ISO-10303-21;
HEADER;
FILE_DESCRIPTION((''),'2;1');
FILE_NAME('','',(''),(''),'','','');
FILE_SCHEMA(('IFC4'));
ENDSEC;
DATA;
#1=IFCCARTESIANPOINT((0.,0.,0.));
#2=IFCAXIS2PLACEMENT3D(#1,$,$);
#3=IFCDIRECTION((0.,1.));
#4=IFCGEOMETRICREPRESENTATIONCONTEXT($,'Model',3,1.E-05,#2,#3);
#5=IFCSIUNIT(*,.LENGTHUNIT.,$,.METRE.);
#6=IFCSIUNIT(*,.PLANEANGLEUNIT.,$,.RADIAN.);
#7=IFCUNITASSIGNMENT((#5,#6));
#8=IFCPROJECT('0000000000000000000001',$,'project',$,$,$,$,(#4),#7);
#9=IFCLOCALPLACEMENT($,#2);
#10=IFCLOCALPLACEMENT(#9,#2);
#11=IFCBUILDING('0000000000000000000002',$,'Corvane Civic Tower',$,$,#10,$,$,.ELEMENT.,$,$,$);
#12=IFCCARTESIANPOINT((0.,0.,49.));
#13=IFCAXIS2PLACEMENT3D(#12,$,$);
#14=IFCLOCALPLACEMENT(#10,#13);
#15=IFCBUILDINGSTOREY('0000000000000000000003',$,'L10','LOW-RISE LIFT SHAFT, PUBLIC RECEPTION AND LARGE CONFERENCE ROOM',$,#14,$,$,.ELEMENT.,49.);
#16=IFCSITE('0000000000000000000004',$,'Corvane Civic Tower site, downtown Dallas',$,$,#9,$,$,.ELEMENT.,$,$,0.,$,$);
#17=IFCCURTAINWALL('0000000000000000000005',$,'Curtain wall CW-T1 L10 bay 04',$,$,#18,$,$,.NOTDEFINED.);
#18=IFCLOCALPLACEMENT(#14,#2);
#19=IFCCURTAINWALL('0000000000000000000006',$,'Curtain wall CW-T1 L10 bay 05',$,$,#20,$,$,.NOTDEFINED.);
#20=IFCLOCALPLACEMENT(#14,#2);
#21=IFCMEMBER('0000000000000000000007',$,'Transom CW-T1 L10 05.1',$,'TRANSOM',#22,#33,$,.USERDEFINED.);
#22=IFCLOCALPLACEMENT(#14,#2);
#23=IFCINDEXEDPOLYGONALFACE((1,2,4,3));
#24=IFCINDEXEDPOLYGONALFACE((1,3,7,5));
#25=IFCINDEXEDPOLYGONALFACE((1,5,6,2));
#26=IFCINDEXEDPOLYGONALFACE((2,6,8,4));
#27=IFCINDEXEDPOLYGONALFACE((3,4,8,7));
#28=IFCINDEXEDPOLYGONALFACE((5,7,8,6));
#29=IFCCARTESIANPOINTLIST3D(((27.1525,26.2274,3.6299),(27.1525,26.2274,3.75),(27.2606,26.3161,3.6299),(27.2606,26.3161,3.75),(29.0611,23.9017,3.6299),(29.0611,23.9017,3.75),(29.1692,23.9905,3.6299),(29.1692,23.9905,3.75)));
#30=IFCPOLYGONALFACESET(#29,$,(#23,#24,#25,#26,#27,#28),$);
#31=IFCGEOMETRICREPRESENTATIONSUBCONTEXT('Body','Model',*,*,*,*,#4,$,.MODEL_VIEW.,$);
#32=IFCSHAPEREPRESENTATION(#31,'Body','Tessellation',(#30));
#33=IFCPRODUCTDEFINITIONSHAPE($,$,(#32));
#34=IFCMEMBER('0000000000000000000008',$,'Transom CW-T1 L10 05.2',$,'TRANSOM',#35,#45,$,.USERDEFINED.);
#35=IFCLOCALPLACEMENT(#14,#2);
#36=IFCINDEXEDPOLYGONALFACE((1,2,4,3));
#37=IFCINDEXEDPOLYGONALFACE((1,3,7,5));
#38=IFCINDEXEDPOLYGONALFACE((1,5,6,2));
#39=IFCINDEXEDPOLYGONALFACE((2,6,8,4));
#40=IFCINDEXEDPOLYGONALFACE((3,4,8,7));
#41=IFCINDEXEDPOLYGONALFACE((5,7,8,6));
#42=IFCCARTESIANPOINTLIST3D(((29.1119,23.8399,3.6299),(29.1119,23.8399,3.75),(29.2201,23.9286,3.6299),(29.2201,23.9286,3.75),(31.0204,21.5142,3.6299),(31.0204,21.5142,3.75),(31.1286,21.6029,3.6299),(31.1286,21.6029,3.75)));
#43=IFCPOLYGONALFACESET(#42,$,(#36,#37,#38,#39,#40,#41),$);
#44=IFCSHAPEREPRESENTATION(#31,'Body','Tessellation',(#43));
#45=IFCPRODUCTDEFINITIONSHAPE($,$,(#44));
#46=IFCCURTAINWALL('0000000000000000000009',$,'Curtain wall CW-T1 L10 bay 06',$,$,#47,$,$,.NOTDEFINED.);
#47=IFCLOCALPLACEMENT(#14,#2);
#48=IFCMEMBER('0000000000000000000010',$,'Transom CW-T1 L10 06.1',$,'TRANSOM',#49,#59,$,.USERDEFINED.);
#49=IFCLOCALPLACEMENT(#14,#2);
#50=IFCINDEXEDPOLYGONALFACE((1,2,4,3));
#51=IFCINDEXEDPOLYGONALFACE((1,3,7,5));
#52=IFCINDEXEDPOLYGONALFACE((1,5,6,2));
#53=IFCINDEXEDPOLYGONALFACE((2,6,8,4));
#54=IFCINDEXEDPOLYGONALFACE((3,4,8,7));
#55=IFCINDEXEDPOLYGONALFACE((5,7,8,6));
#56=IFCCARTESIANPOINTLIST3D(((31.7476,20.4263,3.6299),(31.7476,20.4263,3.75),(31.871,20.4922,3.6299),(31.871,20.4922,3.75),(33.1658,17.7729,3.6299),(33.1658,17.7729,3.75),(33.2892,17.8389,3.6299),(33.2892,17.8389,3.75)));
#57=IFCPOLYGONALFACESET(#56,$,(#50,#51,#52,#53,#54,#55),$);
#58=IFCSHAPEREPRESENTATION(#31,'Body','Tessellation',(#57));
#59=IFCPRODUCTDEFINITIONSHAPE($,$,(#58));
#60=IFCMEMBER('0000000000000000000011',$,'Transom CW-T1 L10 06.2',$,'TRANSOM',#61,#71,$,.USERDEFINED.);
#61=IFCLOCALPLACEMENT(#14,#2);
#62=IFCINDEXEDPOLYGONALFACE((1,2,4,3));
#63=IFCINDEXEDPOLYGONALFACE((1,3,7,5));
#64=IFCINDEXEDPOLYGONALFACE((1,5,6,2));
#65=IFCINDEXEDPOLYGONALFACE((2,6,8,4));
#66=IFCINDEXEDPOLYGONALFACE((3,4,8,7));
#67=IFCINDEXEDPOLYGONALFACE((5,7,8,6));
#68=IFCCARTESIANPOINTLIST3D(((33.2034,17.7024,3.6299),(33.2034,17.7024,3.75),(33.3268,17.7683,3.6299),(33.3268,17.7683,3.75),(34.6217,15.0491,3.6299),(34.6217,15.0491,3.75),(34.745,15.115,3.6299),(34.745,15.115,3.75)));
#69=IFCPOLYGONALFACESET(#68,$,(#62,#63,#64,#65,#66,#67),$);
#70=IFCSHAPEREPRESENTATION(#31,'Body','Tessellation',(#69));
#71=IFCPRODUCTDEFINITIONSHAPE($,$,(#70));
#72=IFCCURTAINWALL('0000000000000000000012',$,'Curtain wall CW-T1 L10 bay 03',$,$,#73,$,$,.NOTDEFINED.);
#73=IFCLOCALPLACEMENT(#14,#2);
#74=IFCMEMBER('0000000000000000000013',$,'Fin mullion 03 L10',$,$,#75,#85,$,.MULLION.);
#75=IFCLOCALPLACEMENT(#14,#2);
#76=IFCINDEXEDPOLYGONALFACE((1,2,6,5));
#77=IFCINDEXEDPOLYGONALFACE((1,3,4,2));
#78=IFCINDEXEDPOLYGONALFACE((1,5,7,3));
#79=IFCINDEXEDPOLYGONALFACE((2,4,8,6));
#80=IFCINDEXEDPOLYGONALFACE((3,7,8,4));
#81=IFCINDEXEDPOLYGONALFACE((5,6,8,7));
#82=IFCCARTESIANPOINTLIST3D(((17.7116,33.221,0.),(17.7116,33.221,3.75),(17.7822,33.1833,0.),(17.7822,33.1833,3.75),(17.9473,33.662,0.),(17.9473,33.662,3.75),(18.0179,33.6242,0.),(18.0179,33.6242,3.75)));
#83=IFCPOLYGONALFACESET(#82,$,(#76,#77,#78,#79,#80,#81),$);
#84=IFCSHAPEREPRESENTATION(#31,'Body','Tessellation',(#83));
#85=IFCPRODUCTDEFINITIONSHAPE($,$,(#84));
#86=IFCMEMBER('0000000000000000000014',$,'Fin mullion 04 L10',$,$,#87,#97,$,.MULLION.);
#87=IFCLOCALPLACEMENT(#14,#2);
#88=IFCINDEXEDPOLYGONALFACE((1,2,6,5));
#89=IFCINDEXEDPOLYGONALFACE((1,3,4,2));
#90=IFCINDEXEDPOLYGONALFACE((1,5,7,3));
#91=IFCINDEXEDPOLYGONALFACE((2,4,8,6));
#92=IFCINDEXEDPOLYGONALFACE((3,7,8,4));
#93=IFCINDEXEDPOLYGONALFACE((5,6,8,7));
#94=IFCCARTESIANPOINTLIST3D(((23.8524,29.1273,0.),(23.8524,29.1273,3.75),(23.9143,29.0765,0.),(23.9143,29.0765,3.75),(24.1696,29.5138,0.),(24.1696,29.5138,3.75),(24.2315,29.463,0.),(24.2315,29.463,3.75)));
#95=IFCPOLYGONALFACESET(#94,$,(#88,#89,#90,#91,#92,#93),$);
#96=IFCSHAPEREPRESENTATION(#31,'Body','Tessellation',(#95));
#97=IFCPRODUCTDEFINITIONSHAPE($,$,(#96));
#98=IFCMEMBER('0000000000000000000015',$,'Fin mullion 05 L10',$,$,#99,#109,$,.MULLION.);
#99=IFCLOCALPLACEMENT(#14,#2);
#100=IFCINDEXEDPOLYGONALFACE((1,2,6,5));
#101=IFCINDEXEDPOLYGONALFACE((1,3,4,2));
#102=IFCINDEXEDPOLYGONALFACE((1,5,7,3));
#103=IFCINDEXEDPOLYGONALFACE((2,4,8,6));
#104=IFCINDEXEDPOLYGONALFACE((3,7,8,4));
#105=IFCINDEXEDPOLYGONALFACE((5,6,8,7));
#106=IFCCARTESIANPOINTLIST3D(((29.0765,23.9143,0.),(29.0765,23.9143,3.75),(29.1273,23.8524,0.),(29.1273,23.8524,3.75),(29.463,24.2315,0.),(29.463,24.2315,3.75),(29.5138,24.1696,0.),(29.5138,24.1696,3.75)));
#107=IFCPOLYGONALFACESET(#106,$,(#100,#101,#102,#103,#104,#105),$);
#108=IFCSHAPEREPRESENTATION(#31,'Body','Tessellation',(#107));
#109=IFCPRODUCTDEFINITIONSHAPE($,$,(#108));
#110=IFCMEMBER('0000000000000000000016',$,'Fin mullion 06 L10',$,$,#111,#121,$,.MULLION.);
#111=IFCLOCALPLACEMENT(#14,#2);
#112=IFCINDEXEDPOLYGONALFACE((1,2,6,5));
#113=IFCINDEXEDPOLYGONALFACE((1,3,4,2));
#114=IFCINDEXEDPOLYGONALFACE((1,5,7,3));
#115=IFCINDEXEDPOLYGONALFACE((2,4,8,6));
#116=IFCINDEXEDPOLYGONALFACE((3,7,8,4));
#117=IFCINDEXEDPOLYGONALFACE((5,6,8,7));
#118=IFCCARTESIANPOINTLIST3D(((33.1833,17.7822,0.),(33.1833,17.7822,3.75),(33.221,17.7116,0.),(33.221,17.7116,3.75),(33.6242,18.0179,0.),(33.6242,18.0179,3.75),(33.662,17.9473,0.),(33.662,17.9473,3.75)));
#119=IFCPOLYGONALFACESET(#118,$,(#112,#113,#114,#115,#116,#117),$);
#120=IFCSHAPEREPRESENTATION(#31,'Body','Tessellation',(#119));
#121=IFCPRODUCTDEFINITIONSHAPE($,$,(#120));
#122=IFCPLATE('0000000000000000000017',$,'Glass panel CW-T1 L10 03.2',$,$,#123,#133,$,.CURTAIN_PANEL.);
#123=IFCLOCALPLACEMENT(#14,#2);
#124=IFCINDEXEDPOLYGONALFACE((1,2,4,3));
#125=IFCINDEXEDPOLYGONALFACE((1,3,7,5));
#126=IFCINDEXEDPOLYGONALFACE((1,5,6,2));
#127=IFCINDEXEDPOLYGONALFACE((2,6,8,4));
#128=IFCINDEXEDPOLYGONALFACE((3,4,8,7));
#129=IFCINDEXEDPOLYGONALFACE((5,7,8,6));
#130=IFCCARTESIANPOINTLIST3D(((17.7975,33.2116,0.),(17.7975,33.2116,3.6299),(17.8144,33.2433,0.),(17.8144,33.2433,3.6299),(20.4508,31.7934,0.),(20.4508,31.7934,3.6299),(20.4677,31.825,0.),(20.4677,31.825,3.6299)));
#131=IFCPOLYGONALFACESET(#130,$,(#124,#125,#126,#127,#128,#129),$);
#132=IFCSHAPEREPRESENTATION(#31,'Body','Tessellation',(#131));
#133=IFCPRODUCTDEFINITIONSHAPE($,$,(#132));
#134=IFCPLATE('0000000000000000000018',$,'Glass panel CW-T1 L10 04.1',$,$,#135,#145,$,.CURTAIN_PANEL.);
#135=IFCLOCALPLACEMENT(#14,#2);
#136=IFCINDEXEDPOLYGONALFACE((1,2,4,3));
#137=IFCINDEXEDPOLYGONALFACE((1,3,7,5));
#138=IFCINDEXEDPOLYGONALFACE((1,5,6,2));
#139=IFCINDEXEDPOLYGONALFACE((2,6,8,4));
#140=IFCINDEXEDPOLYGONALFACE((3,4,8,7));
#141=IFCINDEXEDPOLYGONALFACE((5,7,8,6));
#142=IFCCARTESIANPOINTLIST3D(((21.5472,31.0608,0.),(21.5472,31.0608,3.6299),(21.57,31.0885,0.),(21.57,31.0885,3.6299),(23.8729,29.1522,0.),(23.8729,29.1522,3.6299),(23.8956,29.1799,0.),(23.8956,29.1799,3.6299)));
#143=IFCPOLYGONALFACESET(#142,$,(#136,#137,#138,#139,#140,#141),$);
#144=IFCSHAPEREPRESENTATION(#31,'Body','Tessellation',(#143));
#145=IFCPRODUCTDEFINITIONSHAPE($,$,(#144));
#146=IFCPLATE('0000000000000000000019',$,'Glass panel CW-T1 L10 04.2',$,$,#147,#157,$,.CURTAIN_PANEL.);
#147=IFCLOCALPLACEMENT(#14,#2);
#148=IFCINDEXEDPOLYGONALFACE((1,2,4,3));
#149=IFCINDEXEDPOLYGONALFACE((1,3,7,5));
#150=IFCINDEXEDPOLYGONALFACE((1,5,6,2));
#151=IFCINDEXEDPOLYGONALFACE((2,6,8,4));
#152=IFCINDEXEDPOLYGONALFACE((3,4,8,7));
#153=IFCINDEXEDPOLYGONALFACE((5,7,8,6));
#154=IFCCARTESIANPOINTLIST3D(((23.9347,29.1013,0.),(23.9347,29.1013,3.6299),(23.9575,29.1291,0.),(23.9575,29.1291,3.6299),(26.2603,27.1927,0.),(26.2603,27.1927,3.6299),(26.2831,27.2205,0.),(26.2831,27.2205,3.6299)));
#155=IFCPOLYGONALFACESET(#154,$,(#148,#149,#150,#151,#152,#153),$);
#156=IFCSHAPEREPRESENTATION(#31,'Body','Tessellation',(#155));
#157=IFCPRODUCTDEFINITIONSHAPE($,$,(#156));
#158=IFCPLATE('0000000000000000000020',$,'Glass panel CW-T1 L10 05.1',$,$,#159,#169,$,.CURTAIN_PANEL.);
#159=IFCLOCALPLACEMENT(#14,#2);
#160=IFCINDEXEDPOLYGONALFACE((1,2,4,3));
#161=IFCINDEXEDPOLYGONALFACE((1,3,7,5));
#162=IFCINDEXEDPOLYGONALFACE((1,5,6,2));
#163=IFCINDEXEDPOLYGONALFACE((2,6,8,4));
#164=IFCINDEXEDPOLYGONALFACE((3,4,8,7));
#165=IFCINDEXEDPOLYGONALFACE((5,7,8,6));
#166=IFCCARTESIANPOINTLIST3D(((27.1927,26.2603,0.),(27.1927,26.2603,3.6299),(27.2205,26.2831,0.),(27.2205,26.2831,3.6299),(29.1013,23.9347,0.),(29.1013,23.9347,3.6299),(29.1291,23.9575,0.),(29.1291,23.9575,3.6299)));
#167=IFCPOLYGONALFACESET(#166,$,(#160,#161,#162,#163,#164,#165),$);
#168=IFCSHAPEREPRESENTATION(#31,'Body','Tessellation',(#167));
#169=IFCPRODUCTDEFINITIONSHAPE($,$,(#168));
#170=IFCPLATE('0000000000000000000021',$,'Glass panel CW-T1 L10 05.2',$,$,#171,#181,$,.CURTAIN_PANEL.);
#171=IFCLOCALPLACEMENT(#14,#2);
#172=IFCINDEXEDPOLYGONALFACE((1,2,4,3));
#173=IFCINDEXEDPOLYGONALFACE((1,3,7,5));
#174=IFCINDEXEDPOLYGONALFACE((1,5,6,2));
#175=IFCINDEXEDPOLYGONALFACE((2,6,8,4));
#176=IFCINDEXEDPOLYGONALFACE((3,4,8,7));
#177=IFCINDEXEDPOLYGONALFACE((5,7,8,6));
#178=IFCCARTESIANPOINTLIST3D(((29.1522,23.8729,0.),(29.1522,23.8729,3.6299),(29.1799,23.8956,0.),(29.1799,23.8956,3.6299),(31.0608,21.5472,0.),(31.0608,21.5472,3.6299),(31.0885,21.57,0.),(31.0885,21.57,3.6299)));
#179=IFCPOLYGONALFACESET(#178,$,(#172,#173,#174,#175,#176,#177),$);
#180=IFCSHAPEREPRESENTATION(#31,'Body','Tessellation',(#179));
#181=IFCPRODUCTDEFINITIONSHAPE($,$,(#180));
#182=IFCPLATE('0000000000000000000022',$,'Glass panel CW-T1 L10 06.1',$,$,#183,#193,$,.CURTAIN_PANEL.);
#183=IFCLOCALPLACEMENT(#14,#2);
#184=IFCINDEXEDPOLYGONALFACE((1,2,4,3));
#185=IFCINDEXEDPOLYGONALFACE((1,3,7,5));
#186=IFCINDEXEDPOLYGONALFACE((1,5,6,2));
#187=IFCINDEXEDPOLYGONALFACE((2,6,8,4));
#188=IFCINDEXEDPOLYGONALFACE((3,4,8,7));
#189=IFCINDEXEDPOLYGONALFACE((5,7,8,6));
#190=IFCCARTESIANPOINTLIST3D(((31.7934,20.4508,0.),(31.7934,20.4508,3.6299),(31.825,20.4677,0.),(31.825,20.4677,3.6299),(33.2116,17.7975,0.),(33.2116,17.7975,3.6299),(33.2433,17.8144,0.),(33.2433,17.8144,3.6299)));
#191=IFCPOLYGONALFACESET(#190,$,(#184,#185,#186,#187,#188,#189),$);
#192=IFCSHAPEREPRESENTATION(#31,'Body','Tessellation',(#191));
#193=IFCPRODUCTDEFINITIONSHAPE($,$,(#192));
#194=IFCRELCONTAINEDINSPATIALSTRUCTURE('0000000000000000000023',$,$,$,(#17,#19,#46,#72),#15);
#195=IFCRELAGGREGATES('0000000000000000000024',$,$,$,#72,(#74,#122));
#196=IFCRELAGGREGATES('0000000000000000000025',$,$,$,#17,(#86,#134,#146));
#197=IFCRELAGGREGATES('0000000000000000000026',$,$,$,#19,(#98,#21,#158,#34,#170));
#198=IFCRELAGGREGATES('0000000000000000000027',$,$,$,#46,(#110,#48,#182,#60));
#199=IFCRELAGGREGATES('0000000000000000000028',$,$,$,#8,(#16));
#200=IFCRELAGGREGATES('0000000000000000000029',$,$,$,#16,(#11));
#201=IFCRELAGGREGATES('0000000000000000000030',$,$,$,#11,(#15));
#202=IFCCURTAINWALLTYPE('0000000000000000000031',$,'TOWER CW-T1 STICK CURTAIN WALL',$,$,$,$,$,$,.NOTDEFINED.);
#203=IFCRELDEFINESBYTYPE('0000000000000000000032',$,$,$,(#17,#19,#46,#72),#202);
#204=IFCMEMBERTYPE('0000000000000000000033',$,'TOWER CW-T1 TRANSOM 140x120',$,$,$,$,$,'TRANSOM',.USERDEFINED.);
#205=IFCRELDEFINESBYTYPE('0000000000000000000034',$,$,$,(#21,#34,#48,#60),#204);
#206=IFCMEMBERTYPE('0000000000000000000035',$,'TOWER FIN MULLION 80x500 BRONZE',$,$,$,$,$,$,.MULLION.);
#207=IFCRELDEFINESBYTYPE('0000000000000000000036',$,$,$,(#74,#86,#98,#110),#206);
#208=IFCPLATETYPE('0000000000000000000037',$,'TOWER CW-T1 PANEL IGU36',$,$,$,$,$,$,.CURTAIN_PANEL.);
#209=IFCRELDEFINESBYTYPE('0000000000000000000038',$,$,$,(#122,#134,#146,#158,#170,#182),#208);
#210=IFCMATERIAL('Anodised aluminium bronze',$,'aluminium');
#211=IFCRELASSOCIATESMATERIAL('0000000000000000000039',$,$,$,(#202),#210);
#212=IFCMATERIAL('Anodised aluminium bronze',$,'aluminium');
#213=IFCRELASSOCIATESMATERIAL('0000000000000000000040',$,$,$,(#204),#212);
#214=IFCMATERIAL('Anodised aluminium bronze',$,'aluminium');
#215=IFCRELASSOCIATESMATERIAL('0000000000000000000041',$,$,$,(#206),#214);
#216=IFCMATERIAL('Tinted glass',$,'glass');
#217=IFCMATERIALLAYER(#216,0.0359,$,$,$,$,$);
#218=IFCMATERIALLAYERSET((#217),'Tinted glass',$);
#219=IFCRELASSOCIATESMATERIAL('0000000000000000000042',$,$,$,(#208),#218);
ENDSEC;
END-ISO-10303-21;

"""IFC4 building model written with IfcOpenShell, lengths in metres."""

from ifc_helpers import new_model, si_unit, direction, frame, origin, origin_2d, place, context, subcontext, project, spatial, rectangle, extrude, material, layer, layer_set, material_profile, profile_set, type_object, element, aggregate, save


model = new_model("IFC4")

# Units and contexts
model_context = context("Model", 3, precision=1e-05, world=origin(), true_north=direction((0.0, 1.0)))
body_context = subcontext(model_context, "Body", "Model", "MODEL_VIEW")
ifc_project = project(units=[si_unit("LENGTHUNIT", "METRE"), si_unit("PLANEANGLEUNIT", "RADIAN")], contexts=[model_context])

# Site, building, storey
site_placement = place(None, origin())
site = spatial("IfcSite", under=ifc_project, at=site_placement, Name="Corvane Civic Tower site, downtown Dallas", CompositionType="ELEMENT", RefElevation=0.0)
building_placement = place(site_placement, origin())
building = spatial("IfcBuilding", under=site, at=building_placement, Name="Corvane Civic Tower", CompositionType="ELEMENT")
storey_placement = place(building_placement, frame((0.0, 0.0, 49.0)))
storey = spatial("IfcBuildingStorey", under=building, at=storey_placement, Name="L10", Description="LOW-RISE LIFT SHAFT, PUBLIC RECEPTION AND LARGE CONFERENCE ROOM", CompositionType="ELEMENT", Elevation=49.0)

# Curtain walls, members
ifc_material_1 = material(Name="Anodised aluminium bronze", Category="aluminium")
curtain_wall_type = type_object("IfcCurtainWallType", Name="TOWER CW-T1 STICK CURTAIN WALL", PredefinedType="NOTDEFINED", material=ifc_material_1)
curtain_wall_1_placement = place(storey_placement, origin())
curtain_wall_1 = element("IfcCurtainWall", 1, at=curtain_wall_1_placement, inside=storey, type_object=curtain_wall_type, Name="Curtain wall CW-T1 L10 bay 04", PredefinedType="NOTDEFINED")
ifc_material_2 = material(Name="Anodised aluminium bronze", Category="aluminium")
ifc_material_profile_1 = material_profile(ifc_material_2, rectangle(XDim=0.1399, YDim=0.1201, at=origin_2d()), Name="TOWER CW-T1 TRANSOM 140x120")
ifc_profile_set_1 = profile_set([ifc_material_profile_1], Name="Anodised aluminium bronze")
member_type_1 = type_object("IfcMemberType", Name="TOWER CW-T1 TRANSOM 140x120", ElementType="TRANSOM", PredefinedType="USERDEFINED", material=ifc_profile_set_1)
curtain_wall_2_placement = place(storey_placement, origin())
curtain_wall_2 = element("IfcCurtainWall", 2, at=curtain_wall_2_placement, inside=storey, type_object=curtain_wall_type, Name="Curtain wall CW-T1 L10 bay 05", PredefinedType="NOTDEFINED")
member_1_placement = place(storey_placement, frame((27.2065, 26.2717, 3.6899), z_axis=(0.634404, -0.773002, 0.0), x_axis=(0.773002, 0.634404, 0.0)))
member_1 = element("IfcMember", 3, at=member_1_placement, type_object=member_type_1, Name="Transom CW-T1 L10 05.1", ObjectType="TRANSOM", PredefinedType="USERDEFINED", context=body_context, shape_type="SweptSolid", body=[
    extrude(rectangle(XDim=0.1399, YDim=0.1201, at=origin_2d()), origin(), (0.0, 0.0, 1.0), 3.0085),
])
member_2_placement = place(storey_placement, frame((29.166, 23.8843, 3.6899), z_axis=(0.634355, -0.773042, 0.0), x_axis=(0.773042, 0.634355, 0.0)))
member_2 = element("IfcMember", 4, at=member_2_placement, type_object=member_type_1, Name="Transom CW-T1 L10 05.2", ObjectType="TRANSOM", PredefinedType="USERDEFINED", context=body_context, shape_type="SweptSolid", body=[
    extrude(rectangle(XDim=0.1399, YDim=0.1201, at=origin_2d()), origin(), (0.0, 0.0, 1.0), 3.0085),
])
curtain_wall_3_placement = place(storey_placement, origin())
curtain_wall_3 = element("IfcCurtainWall", 5, at=curtain_wall_3_placement, inside=storey, type_object=curtain_wall_type, Name="Curtain wall CW-T1 L10 bay 06", PredefinedType="NOTDEFINED")
member_3_placement = place(storey_placement, frame((31.8093, 20.4592, 3.6899), z_axis=(0.471393, -0.881924, 0.0), x_axis=(0.881924, 0.471393, 0.0)))
member_3 = element("IfcMember", 6, at=member_3_placement, type_object=member_type_1, Name="Transom CW-T1 L10 06.1", ObjectType="TRANSOM", PredefinedType="USERDEFINED", context=body_context, shape_type="SweptSolid", body=[
    extrude(rectangle(XDim=0.1399, YDim=0.1201, at=origin_2d()), origin(), (0.0, 0.0, 1.0), 3.0085),
])
member_4_placement = place(storey_placement, frame((33.2651, 17.7354, 3.6899), z_axis=(0.471393, -0.881924, 0.0), x_axis=(0.881924, 0.471393, 0.0)))
member_4 = element("IfcMember", 7, at=member_4_placement, type_object=member_type_1, Name="Transom CW-T1 L10 06.2", ObjectType="TRANSOM", PredefinedType="USERDEFINED", context=body_context, shape_type="SweptSolid", body=[
    extrude(rectangle(XDim=0.1399, YDim=0.1201, at=origin_2d()), origin(), (0.0, 0.0, 1.0), 3.0085),
])

# Curtain wall, member
curtain_wall_4_placement = place(storey_placement, origin())
curtain_wall_4 = element("IfcCurtainWall", 8, at=curtain_wall_4_placement, inside=storey, type_object=curtain_wall_type, Name="Curtain wall CW-T1 L10 bay 03", PredefinedType="NOTDEFINED")
ifc_material_3 = material(Name="Anodised aluminium bronze", Category="aluminium")
ifc_material_profile_2 = material_profile(ifc_material_3, rectangle(XDim=0.0801, YDim=0.5, at=origin_2d()), Name="TOWER FIN MULLION 80x500 BRONZE")
ifc_profile_set_2 = profile_set([ifc_material_profile_2], Name="Anodised aluminium bronze")
member_type_2 = type_object("IfcMemberType", Name="TOWER FIN MULLION 80x500 BRONZE", PredefinedType="MULLION", material=ifc_profile_set_2)
member_5_placement = place(storey_placement, frame((17.8647, 33.4226, 0.0), z_axis=(0.0, 0.0, 1.0), x_axis=(0.881918, -0.471404, 0.0)))
member_5 = element("IfcMember", 9, at=member_5_placement, type_object=member_type_2, Name="Fin mullion 03 L10", PredefinedType="MULLION", context=body_context, shape_type="SweptSolid", body=[
    extrude(rectangle(XDim=0.0801, YDim=0.5, at=origin_2d()), origin(), (0.0, 0.0, 1.0), 3.75),
])

# Members
member_6_placement = place(storey_placement, frame((24.042, 29.2952, 0.0), z_axis=(0.0, 0.0, 1.0), x_axis=(0.773007, -0.634397, 0.0)))
member_6 = element("IfcMember", 10, at=member_6_placement, type_object=member_type_2, Name="Fin mullion 04 L10", PredefinedType="MULLION", context=body_context, shape_type="SweptSolid", body=[
    extrude(rectangle(XDim=0.0801, YDim=0.5, at=origin_2d()), origin(), (0.0, 0.0, 1.0), 3.75),
])
member_7_placement = place(storey_placement, frame((29.2952, 24.042, 0.0), z_axis=(0.0, 0.0, 1.0), x_axis=(0.634397, -0.773007, 0.0)))
member_7 = element("IfcMember", 11, at=member_7_placement, type_object=member_type_2, Name="Fin mullion 05 L10", PredefinedType="MULLION", context=body_context, shape_type="SweptSolid", body=[
    extrude(rectangle(XDim=0.0801, YDim=0.5, at=origin_2d()), origin(), (0.0, 0.0, 1.0), 3.75),
])
member_8_placement = place(storey_placement, frame((33.4226, 17.8647, 0.0), z_axis=(0.0, 0.0, 1.0), x_axis=(0.471404, -0.881918, 0.0)))
member_8 = element("IfcMember", 12, at=member_8_placement, type_object=member_type_2, Name="Fin mullion 06 L10", PredefinedType="MULLION", context=body_context, shape_type="SweptSolid", body=[
    extrude(rectangle(XDim=0.0801, YDim=0.5, at=origin_2d()), origin(), (0.0, 0.0, 1.0), 3.75),
])

# Plates
ifc_material_4 = material(Name="Tinted glass", Category="glass")
ifc_layer = layer(ifc_material_4, 0.0359)
ifc_layer_set = layer_set([ifc_layer], Name="Tinted glass")
plate_type = type_object("IfcPlateType", Name="TOWER CW-T1 PANEL IGU36", PredefinedType="CURTAIN_PANEL", material=ifc_layer_set)
plate_1_placement = place(storey_placement, frame((19.1326, 32.5183, 0.0), z_axis=(0.0, 0.0, 1.0), x_axis=(0.881918, -0.471404, 0.0)))
plate_1 = element("IfcPlate", 13, at=plate_1_placement, type_object=plate_type, Name="Glass panel CW-T1 L10 03.2", PredefinedType="CURTAIN_PANEL", context=body_context, shape_type="SweptSolid", body=[
    extrude(rectangle(XDim=3.0085, YDim=0.0359, at=origin_2d()), origin(), (0.0, 0.0, 1.0), 3.6299),
])
aggregate(curtain_wall_4, [member_5, plate_1])
plate_2_placement = place(storey_placement, frame((22.7214, 30.1204, 0.0), z_axis=(0.0, 0.0, 1.0), x_axis=(0.773007, -0.634397, 0.0)))
plate_2 = element("IfcPlate", 14, at=plate_2_placement, type_object=plate_type, Name="Glass panel CW-T1 L10 04.1", PredefinedType="CURTAIN_PANEL", context=body_context, shape_type="SweptSolid", body=[
    extrude(rectangle(XDim=3.0085, YDim=0.0359, at=origin_2d()), origin(), (0.0, 0.0, 1.0), 3.6299),
])
plate_3_placement = place(storey_placement, frame((25.1089, 28.1609, 0.0), z_axis=(0.0, 0.0, 1.0), x_axis=(0.773007, -0.634397, 0.0)))
plate_3 = element("IfcPlate", 15, at=plate_3_placement, type_object=plate_type, Name="Glass panel CW-T1 L10 04.2", PredefinedType="CURTAIN_PANEL", context=body_context, shape_type="SweptSolid", body=[
    extrude(rectangle(XDim=3.0085, YDim=0.0359, at=origin_2d()), origin(), (0.0, 0.0, 1.0), 3.6299),
])
aggregate(curtain_wall_1, [member_6, plate_2, plate_3])
plate_4_placement = place(storey_placement, frame((28.1609, 25.1089, 0.0), z_axis=(0.0, 0.0, 1.0), x_axis=(0.634397, -0.773007, 0.0)))
plate_4 = element("IfcPlate", 16, at=plate_4_placement, type_object=plate_type, Name="Glass panel CW-T1 L10 05.1", PredefinedType="CURTAIN_PANEL", context=body_context, shape_type="SweptSolid", body=[
    extrude(rectangle(XDim=3.0085, YDim=0.0359, at=origin_2d()), origin(), (0.0, 0.0, 1.0), 3.6299),
])
plate_5_placement = place(storey_placement, frame((30.1204, 22.7214, 0.0), z_axis=(0.0, 0.0, 1.0), x_axis=(0.634397, -0.773007, 0.0)))
plate_5 = element("IfcPlate", 17, at=plate_5_placement, type_object=plate_type, Name="Glass panel CW-T1 L10 05.2", PredefinedType="CURTAIN_PANEL", context=body_context, shape_type="SweptSolid", body=[
    extrude(rectangle(XDim=3.0085, YDim=0.0359, at=origin_2d()), origin(), (0.0, 0.0, 1.0), 3.6299),
])
aggregate(curtain_wall_2, [member_7, member_1, plate_4, member_2, plate_5])
plate_6_placement = place(storey_placement, frame((32.5183, 19.1326, 0.0), z_axis=(0.0, 0.0, 1.0), x_axis=(0.471404, -0.881918, 0.0)))
plate_6 = element("IfcPlate", 18, at=plate_6_placement, type_object=plate_type, Name="Glass panel CW-T1 L10 06.1", PredefinedType="CURTAIN_PANEL", context=body_context, shape_type="SweptSolid", body=[
    extrude(rectangle(XDim=3.0085, YDim=0.0359, at=origin_2d()), origin(), (0.0, 0.0, 1.0), 3.6299),
])
aggregate(curtain_wall_3, [member_8, member_3, plate_6, member_4])

save(model, "model.ifc")
